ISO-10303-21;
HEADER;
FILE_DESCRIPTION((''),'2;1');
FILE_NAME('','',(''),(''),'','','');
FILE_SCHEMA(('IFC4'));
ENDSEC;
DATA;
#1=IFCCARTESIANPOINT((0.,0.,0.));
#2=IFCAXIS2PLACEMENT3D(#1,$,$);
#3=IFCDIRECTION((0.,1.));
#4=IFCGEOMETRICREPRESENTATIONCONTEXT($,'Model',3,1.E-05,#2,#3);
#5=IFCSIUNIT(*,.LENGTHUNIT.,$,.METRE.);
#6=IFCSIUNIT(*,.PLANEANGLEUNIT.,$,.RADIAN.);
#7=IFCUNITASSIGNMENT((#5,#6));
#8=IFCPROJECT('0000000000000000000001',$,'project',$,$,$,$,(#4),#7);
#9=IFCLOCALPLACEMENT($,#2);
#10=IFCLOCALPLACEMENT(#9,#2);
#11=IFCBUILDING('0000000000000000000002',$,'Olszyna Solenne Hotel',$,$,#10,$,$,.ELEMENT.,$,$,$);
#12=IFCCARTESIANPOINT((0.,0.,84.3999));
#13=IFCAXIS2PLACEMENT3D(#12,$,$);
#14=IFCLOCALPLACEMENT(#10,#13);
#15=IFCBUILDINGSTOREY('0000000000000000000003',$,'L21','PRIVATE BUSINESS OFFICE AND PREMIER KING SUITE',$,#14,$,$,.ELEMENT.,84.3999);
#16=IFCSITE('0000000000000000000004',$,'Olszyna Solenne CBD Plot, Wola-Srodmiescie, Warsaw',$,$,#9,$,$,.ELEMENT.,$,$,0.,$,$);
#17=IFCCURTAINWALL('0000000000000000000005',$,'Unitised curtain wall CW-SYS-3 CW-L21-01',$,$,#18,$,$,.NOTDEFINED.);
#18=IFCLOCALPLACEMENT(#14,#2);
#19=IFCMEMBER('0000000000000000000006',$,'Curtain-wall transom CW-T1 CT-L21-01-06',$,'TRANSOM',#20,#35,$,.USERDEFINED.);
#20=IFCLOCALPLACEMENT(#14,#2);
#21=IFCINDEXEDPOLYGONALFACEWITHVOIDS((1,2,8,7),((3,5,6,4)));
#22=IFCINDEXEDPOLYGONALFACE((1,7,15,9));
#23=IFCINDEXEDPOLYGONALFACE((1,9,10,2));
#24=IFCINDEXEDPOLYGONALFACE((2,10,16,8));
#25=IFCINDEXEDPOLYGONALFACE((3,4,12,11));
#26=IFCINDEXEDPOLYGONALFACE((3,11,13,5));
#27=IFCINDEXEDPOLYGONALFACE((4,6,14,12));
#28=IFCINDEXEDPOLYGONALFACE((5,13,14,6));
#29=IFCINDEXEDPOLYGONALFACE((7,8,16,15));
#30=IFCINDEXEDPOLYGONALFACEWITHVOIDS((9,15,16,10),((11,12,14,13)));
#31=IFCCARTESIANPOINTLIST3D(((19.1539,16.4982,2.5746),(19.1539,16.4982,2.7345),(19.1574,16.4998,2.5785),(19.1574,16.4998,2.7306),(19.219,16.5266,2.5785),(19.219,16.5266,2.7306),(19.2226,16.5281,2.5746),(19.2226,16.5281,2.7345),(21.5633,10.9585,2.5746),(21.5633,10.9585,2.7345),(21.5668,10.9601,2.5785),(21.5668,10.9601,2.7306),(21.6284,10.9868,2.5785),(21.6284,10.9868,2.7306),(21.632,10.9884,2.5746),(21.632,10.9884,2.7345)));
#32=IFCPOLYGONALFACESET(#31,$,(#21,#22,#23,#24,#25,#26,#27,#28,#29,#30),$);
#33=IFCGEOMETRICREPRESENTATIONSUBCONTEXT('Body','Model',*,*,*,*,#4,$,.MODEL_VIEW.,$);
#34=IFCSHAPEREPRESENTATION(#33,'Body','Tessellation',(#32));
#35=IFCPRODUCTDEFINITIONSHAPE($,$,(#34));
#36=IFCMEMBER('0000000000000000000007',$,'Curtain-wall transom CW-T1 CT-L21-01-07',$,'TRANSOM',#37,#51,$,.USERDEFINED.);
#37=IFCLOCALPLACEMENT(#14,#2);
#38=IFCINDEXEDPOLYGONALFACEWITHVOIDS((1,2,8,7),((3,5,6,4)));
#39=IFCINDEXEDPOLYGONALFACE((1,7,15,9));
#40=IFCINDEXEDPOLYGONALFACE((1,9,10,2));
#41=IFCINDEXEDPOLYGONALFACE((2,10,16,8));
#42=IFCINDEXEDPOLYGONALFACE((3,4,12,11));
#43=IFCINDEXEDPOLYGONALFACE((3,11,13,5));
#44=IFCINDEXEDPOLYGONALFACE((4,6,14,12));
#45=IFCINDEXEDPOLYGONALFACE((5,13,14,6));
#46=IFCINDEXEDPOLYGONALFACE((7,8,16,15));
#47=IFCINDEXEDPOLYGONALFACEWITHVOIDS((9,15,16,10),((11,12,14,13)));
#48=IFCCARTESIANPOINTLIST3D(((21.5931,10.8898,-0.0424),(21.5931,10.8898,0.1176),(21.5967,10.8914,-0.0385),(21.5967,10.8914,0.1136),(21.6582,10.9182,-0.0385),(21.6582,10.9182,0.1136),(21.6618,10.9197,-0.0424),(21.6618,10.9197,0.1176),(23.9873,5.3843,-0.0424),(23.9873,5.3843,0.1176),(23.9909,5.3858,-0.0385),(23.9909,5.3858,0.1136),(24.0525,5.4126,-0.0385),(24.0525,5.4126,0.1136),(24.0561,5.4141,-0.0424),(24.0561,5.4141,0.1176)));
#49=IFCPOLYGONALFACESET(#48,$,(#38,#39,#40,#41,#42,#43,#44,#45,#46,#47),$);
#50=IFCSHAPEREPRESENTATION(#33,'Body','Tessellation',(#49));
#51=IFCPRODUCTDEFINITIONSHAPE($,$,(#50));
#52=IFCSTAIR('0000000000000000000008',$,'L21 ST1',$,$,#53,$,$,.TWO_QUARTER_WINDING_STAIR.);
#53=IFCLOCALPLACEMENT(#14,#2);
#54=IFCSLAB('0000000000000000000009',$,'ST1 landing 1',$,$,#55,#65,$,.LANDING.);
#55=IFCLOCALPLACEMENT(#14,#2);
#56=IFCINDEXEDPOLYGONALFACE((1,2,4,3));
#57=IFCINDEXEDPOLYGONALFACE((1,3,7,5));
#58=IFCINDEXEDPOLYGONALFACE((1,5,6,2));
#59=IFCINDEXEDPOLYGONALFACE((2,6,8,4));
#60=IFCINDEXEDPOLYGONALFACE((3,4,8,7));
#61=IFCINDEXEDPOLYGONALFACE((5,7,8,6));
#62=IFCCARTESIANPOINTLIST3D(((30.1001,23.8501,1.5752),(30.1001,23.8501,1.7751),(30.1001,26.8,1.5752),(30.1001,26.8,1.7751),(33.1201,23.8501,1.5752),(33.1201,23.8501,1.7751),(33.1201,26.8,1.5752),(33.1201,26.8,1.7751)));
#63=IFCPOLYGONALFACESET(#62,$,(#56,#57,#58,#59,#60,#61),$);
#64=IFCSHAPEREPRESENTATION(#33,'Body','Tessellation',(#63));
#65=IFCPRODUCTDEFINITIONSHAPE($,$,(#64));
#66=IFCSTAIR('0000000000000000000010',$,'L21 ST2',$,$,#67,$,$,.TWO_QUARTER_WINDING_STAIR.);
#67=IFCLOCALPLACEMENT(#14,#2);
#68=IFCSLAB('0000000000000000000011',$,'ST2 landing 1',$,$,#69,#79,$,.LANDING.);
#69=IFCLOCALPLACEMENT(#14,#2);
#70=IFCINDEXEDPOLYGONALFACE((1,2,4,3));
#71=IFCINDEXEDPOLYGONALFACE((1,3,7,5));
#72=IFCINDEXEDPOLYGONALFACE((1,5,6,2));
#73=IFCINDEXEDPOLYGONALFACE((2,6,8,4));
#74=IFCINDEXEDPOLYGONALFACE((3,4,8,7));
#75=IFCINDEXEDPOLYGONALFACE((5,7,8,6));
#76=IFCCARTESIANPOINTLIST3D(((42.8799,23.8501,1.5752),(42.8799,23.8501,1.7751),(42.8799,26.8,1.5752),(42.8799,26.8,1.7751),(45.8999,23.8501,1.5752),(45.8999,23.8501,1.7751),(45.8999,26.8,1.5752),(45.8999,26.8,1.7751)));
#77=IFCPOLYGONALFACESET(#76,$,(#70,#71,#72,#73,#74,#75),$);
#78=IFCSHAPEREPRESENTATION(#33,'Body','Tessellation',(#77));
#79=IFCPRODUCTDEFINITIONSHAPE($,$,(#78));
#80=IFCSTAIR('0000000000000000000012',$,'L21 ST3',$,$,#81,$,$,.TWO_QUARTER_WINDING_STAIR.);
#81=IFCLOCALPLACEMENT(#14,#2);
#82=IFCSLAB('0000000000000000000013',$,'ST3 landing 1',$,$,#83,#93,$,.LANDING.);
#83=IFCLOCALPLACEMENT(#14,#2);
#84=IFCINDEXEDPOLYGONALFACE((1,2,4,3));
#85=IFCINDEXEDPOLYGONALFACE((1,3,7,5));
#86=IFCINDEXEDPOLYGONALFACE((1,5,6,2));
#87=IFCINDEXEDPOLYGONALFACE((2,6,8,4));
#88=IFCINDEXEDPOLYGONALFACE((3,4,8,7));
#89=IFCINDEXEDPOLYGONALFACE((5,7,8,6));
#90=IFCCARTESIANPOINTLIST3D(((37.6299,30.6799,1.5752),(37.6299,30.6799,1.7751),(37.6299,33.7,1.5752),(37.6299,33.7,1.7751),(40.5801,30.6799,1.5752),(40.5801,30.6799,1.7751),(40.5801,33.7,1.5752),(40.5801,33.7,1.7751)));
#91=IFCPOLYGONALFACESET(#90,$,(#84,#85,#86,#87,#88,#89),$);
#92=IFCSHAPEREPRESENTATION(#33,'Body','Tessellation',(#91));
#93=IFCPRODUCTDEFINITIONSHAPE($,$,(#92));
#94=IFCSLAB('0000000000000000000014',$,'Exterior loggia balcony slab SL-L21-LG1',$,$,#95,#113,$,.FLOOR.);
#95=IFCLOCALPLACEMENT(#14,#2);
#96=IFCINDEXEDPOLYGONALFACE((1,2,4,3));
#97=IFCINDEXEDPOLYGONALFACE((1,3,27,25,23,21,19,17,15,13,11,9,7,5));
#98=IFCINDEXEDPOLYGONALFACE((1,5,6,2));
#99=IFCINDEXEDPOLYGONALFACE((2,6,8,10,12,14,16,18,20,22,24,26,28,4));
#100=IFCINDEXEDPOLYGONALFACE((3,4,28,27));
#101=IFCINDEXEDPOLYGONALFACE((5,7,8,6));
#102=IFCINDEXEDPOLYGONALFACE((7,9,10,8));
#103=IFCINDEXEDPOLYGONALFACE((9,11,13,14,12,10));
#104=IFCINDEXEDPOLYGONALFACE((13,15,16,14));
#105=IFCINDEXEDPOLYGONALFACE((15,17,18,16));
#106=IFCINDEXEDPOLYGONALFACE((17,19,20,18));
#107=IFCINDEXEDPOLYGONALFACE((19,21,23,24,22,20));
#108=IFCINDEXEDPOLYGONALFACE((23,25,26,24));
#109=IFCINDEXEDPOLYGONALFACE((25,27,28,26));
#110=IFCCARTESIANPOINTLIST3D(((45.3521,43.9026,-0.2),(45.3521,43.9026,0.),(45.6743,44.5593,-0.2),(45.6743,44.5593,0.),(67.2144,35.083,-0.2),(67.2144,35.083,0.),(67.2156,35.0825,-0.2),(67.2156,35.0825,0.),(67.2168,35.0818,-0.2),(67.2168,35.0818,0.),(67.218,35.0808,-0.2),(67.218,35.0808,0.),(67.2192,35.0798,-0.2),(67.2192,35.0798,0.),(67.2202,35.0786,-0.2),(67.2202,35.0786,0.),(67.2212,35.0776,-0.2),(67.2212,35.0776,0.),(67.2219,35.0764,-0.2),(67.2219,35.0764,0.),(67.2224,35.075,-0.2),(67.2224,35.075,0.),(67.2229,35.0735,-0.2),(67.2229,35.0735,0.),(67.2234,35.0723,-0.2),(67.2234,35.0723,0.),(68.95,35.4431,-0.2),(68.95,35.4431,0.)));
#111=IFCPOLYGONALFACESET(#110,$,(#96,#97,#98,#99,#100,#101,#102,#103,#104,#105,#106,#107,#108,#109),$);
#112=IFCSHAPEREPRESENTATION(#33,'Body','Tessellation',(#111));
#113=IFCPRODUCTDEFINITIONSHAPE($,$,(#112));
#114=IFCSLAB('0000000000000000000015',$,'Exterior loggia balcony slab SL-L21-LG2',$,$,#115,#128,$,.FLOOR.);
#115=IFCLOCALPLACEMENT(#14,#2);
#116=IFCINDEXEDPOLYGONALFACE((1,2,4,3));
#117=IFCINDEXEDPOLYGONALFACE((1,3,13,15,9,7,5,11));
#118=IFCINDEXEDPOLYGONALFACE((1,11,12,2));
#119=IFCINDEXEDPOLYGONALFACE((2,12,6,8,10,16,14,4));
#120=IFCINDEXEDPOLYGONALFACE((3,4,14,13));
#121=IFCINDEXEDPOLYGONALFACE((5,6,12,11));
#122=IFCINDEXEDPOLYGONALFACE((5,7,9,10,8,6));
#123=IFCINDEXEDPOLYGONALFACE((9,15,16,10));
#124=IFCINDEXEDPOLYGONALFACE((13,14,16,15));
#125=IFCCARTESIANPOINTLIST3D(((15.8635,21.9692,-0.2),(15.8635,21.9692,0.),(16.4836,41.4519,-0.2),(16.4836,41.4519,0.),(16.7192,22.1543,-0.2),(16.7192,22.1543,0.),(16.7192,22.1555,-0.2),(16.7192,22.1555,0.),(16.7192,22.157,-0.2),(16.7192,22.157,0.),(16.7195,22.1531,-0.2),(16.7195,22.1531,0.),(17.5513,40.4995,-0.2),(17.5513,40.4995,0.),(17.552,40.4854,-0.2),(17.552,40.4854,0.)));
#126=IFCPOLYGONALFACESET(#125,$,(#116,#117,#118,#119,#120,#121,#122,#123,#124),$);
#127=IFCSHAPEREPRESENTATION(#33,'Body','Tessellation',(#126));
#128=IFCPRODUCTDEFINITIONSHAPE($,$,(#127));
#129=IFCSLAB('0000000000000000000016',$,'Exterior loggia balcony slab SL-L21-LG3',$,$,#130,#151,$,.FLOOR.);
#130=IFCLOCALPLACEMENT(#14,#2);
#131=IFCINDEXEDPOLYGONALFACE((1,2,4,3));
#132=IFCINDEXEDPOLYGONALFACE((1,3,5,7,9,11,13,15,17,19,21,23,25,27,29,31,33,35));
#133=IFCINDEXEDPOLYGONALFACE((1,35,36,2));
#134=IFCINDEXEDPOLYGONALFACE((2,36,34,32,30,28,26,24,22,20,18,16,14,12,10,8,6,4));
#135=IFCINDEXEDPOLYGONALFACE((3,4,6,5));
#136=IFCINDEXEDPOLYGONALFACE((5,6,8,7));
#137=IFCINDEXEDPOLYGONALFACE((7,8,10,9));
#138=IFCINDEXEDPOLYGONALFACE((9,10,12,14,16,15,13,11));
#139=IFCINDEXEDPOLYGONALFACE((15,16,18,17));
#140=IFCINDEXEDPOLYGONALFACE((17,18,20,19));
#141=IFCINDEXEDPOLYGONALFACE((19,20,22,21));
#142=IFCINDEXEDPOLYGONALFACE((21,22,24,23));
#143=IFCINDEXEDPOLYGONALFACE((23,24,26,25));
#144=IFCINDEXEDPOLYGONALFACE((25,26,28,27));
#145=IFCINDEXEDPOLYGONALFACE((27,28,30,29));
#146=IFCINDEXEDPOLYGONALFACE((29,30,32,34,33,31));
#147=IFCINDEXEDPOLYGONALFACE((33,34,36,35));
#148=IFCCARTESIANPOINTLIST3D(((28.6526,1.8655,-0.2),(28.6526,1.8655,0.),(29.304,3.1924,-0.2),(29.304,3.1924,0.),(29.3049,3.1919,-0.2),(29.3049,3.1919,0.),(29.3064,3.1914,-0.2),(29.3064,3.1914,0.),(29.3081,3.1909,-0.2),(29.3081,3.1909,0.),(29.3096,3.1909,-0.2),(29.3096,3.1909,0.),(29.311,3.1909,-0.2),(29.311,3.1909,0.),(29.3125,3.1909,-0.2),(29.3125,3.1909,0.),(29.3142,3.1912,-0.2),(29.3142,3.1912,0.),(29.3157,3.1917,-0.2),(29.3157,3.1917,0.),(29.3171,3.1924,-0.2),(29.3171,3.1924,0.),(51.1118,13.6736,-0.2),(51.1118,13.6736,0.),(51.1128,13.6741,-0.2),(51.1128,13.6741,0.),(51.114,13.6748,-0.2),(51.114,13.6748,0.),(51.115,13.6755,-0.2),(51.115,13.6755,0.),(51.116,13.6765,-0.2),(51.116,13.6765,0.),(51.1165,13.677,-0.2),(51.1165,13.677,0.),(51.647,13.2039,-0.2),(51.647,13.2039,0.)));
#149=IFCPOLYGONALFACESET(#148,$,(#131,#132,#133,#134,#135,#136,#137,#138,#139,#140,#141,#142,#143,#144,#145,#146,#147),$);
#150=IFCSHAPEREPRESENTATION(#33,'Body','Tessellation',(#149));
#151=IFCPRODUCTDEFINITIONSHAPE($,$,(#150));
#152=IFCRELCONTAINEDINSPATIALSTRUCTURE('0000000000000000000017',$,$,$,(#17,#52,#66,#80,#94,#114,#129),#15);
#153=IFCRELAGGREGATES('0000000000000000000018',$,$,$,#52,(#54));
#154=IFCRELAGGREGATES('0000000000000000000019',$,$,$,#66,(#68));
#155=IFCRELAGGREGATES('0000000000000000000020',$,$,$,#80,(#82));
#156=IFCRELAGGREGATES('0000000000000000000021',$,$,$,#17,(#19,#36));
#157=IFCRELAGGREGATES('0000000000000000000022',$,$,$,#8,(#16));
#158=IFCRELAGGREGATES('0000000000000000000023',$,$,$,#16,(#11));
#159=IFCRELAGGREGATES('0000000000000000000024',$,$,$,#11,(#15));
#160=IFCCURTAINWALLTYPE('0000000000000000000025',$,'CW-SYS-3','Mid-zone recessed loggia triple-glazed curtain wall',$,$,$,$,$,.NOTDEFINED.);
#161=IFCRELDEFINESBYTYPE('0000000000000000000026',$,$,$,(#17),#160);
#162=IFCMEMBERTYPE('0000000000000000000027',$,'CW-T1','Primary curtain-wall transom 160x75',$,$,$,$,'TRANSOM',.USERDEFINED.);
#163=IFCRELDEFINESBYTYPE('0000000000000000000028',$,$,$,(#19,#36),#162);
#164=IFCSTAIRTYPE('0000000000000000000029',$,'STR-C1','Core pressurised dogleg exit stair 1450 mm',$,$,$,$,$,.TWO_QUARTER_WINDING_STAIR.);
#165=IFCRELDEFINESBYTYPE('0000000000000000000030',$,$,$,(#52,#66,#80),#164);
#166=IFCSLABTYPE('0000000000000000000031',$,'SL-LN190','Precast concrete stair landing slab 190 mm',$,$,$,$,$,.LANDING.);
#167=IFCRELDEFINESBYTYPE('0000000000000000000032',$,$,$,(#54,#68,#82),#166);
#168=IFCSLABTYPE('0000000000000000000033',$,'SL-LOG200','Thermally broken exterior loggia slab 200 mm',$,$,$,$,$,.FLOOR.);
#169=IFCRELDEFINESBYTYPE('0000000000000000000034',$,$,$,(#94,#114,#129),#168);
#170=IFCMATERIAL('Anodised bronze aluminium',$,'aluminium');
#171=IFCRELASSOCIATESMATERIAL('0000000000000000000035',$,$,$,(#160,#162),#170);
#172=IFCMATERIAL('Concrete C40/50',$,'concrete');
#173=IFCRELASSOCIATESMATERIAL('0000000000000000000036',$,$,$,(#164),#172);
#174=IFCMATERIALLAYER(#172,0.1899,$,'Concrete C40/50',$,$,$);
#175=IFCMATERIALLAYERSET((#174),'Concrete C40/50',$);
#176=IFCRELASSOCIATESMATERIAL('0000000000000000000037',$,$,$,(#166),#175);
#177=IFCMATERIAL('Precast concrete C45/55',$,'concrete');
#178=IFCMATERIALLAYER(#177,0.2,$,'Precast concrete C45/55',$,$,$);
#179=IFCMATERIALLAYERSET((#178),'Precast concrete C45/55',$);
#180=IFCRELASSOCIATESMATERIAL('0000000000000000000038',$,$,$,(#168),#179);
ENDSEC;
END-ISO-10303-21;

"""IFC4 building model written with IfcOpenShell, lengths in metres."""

from ifc_helpers import new_model, si_unit, direction, frame, origin, origin_2d, place, context, subcontext, project, spatial, polyline, hollow_rectangle, outline, extrude, source, transform, mapped, material, layer, layer_set, material_profile, profile_set, type_object, element, aggregate, save


model = new_model("IFC4")

# Units and contexts
model_context = context("Model", 3, precision=1e-05, world=origin(), true_north=direction((0.0, 1.0)))
body_context = subcontext(model_context, "Body", "Model", "MODEL_VIEW")
ifc_project = project(units=[si_unit("LENGTHUNIT", "METRE"), si_unit("PLANEANGLEUNIT", "RADIAN")], contexts=[model_context])

# Site, building, storey
site_placement = place(None, origin())
site = spatial("IfcSite", under=ifc_project, at=site_placement, Name="Olszyna Solenne CBD Plot, Wola-Srodmiescie, Warsaw", CompositionType="ELEMENT", RefElevation=0.0)
building_placement = place(site_placement, origin())
building = spatial("IfcBuilding", under=site, at=building_placement, Name="Olszyna Solenne Hotel", CompositionType="ELEMENT")
storey_placement = place(building_placement, frame((0.0, 0.0, 84.3999)))
storey = spatial("IfcBuildingStorey", under=building, at=storey_placement, Name="L21", Description="PRIVATE BUSINESS OFFICE AND PREMIER KING SUITE", CompositionType="ELEMENT", Elevation=84.3999)

# Curtain wall, members
ifc_material_1 = material(Name="Anodised bronze aluminium", Category="aluminium")
curtain_wall_type = type_object("IfcCurtainWallType", Name="CW-SYS-3", Description="Mid-zone recessed loggia triple-glazed curtain wall", PredefinedType="NOTDEFINED", material=ifc_material_1)
curtain_wall_placement = place(storey_placement, origin())
curtain_wall = element("IfcCurtainWall", 1, at=curtain_wall_placement, inside=storey, type_object=curtain_wall_type, Name="Unitised curtain wall CW-SYS-3 CW-L21-01", PredefinedType="NOTDEFINED")
ifc_material_profile_1 = material_profile(ifc_material_1, hollow_rectangle(XDim=0.075, YDim=0.1599, WallThickness=0.0039, at=origin_2d()), Name="TRAN 160x75x4", Category="load-bearing")
ifc_profile_set_1 = profile_set([ifc_material_profile_1], Name="Anodised bronze aluminium")
member_type_1 = type_object("IfcMemberType", Name="CW-T1", Description="Primary curtain-wall transom 160x75", ElementType="TRANSOM", PredefinedType="USERDEFINED", material=ifc_profile_set_1)
shared_shape_1 = source(origin(), body_context, "Body", "SweptSolid", [
    extrude(hollow_rectangle(XDim=0.075, YDim=0.1599, WallThickness=0.0039, at=origin_2d()), origin(), (0.0, 0.0, 1.0), 6.041),
])
member_1_placement = place(storey_placement, frame((19.1882, 16.5132, 2.6545), z_axis=(0.39884, -0.917021, 0.0), x_axis=(0.917021, 0.39884, 0.0)))
member_1 = element("IfcMember", 2, at=member_1_placement, type_object=member_type_1, Name="Curtain-wall transom CW-T1 CT-L21-01-06", ObjectType="TRANSOM", PredefinedType="USERDEFINED", context=body_context, shape_type="MappedRepresentation", body=[
    mapped(shared_shape_1, transform((0.0, 0.0, 0.0), x_axis=(1.0, 0.0, 0.0), y_axis=(0.0, 1.0, 0.0), z_axis=(0.0, 0.0, 1.0), scale=1.0)),
])
shared_shape_2 = source(origin(), body_context, "Body", "SweptSolid", [
    extrude(hollow_rectangle(XDim=0.075, YDim=0.1599, WallThickness=0.0039, at=origin_2d()), origin(), (0.0, 0.0, 1.0), 6.0037),
])
member_2_placement = place(storey_placement, frame((21.6274, 10.9048, 0.0376), z_axis=(0.398802, -0.917037, 0.0), x_axis=(0.917037, 0.398802, 0.0)))
member_2 = element("IfcMember", 3, at=member_2_placement, type_object=member_type_1, Name="Curtain-wall transom CW-T1 CT-L21-01-07", ObjectType="TRANSOM", PredefinedType="USERDEFINED", context=body_context, shape_type="MappedRepresentation", body=[
    mapped(shared_shape_2, transform((0.0, 0.0, 0.0), x_axis=(1.0, 0.0, 0.0), y_axis=(0.0, 1.0, 0.0), z_axis=(0.0, 0.0, 1.0), scale=1.0)),
])

# Stairs, slabs
ifc_material_2 = material(Name="Concrete C40/50", Category="concrete")
stair_type = type_object("IfcStairType", Name="STR-C1", Description="Core pressurised dogleg exit stair 1450 mm", PredefinedType="TWO_QUARTER_WINDING_STAIR", material=ifc_material_2)
stair_1_placement = place(storey_placement, origin())
stair_1 = element("IfcStair", 4, at=stair_1_placement, inside=storey, type_object=stair_type, Name="L21 ST1", PredefinedType="TWO_QUARTER_WINDING_STAIR")
ifc_layer_1 = layer(ifc_material_2, 0.1899, Name="Concrete C40/50")
ifc_layer_set_1 = layer_set([ifc_layer_1], Name="Concrete C40/50")
slab_type_1 = type_object("IfcSlabType", Name="SL-LN190", Description="Precast concrete stair landing slab 190 mm", PredefinedType="LANDING", material=ifc_layer_set_1)
slab_1_placement = place(storey_placement, frame((0.0, 0.0, 1.5752)))
slab_1 = element("IfcSlab", 5, at=slab_1_placement, type_object=slab_type_1, Name="ST1 landing 1", PredefinedType="LANDING", context=body_context, shape_type="SweptSolid", body=[
    extrude(outline(polyline([(33.1201, 23.8501), (33.1201, 26.8), (30.1001, 26.8), (30.1001, 23.8501), (33.1201, 23.8501)])), origin(), (0.0, 0.0, 1.0), 0.2),
])
aggregate(stair_1, [slab_1])
stair_2_placement = place(storey_placement, origin())
stair_2 = element("IfcStair", 6, at=stair_2_placement, inside=storey, type_object=stair_type, Name="L21 ST2", PredefinedType="TWO_QUARTER_WINDING_STAIR")
slab_2_placement = place(storey_placement, frame((0.0, 0.0, 1.5752)))
slab_2 = element("IfcSlab", 7, at=slab_2_placement, type_object=slab_type_1, Name="ST2 landing 1", PredefinedType="LANDING", context=body_context, shape_type="SweptSolid", body=[
    extrude(outline(polyline([(45.8999, 23.8501), (45.8999, 26.8), (42.8799, 26.8), (42.8799, 23.8501), (45.8999, 23.8501)])), origin(), (0.0, 0.0, 1.0), 0.2),
])
aggregate(stair_2, [slab_2])
stair_3_placement = place(storey_placement, origin())
stair_3 = element("IfcStair", 8, at=stair_3_placement, inside=storey, type_object=stair_type, Name="L21 ST3", PredefinedType="TWO_QUARTER_WINDING_STAIR")
slab_3_placement = place(storey_placement, frame((0.0, 0.0, 1.5752)))
slab_3 = element("IfcSlab", 9, at=slab_3_placement, type_object=slab_type_1, Name="ST3 landing 1", PredefinedType="LANDING", context=body_context, shape_type="SweptSolid", body=[
    extrude(outline(polyline([(37.6299, 30.6799), (40.5801, 30.6799), (40.5801, 33.7), (37.6299, 33.7), (37.6299, 30.6799)])), origin(), (0.0, 0.0, 1.0), 0.2),
])
aggregate(stair_3, [slab_3])

# Slabs
ifc_material_3 = material(Name="Precast concrete C45/55", Category="concrete")
ifc_layer_2 = layer(ifc_material_3, 0.2, Name="Precast concrete C45/55")
ifc_layer_set_2 = layer_set([ifc_layer_2], Name="Precast concrete C45/55")
slab_type_2 = type_object("IfcSlabType", Name="SL-LOG200", Description="Thermally broken exterior loggia slab 200 mm", PredefinedType="FLOOR", material=ifc_layer_set_2)
slab_4_placement = place(storey_placement, frame((0.0, 0.0, -0.2)))
element("IfcSlab", 10, at=slab_4_placement, inside=storey, type_object=slab_type_2, Name="Exterior loggia balcony slab SL-L21-LG1", PredefinedType="FLOOR", context=body_context, shape_type="SweptSolid", body=[
    extrude(outline(polyline([(45.3521, 43.9026), (67.2144, 35.083), (67.2156, 35.0825), (67.2168, 35.0818), (67.218, 35.0808), (67.2192, 35.0798), (67.2202, 35.0786), (67.2212, 35.0776), (67.2219, 35.0764), (67.2224, 35.075), (67.2229, 35.0735), (67.2234, 35.0723), (68.95, 35.4431), (45.6743, 44.5593), (45.3521, 43.9026)])), origin(), (0.0, 0.0, 1.0), 0.2),
])
slab_5_placement = place(storey_placement, frame((0.0, 0.0, -0.2)))
element("IfcSlab", 11, at=slab_5_placement, inside=storey, type_object=slab_type_2, Name="Exterior loggia balcony slab SL-L21-LG2", PredefinedType="FLOOR", context=body_context, shape_type="SweptSolid", body=[
    extrude(outline(polyline([(16.7195, 22.1531), (16.7192, 22.1543), (16.7192, 22.1555), (16.7192, 22.157), (17.552, 40.4854), (17.5513, 40.4995), (16.4836, 41.4519), (15.8635, 21.9692), (16.7195, 22.1531)])), origin(), (0.0, 0.0, 1.0), 0.2),
])
slab_6_placement = place(storey_placement, frame((0.0, 0.0, -0.2)))
element("IfcSlab", 12, at=slab_6_placement, inside=storey, type_object=slab_type_2, Name="Exterior loggia balcony slab SL-L21-LG3", PredefinedType="FLOOR", context=body_context, shape_type="SweptSolid", body=[
    extrude(outline(polyline([(51.1165, 13.677), (51.116, 13.6765), (51.115, 13.6755), (51.114, 13.6748), (51.1128, 13.6741), (51.1118, 13.6736), (29.3171, 3.1924), (29.3157, 3.1917), (29.3142, 3.1912), (29.3125, 3.1909), (29.311, 3.1909), (29.3096, 3.1909), (29.3081, 3.1909), (29.3064, 3.1914), (29.3049, 3.1919), (29.304, 3.1924), (28.6526, 1.8655), (51.647, 13.2039), (51.1165, 13.677)])), origin(), (0.0, 0.0, 1.0), 0.2),
])

aggregate(curtain_wall, [member_1, member_2])

save(model, "model.ifc")
